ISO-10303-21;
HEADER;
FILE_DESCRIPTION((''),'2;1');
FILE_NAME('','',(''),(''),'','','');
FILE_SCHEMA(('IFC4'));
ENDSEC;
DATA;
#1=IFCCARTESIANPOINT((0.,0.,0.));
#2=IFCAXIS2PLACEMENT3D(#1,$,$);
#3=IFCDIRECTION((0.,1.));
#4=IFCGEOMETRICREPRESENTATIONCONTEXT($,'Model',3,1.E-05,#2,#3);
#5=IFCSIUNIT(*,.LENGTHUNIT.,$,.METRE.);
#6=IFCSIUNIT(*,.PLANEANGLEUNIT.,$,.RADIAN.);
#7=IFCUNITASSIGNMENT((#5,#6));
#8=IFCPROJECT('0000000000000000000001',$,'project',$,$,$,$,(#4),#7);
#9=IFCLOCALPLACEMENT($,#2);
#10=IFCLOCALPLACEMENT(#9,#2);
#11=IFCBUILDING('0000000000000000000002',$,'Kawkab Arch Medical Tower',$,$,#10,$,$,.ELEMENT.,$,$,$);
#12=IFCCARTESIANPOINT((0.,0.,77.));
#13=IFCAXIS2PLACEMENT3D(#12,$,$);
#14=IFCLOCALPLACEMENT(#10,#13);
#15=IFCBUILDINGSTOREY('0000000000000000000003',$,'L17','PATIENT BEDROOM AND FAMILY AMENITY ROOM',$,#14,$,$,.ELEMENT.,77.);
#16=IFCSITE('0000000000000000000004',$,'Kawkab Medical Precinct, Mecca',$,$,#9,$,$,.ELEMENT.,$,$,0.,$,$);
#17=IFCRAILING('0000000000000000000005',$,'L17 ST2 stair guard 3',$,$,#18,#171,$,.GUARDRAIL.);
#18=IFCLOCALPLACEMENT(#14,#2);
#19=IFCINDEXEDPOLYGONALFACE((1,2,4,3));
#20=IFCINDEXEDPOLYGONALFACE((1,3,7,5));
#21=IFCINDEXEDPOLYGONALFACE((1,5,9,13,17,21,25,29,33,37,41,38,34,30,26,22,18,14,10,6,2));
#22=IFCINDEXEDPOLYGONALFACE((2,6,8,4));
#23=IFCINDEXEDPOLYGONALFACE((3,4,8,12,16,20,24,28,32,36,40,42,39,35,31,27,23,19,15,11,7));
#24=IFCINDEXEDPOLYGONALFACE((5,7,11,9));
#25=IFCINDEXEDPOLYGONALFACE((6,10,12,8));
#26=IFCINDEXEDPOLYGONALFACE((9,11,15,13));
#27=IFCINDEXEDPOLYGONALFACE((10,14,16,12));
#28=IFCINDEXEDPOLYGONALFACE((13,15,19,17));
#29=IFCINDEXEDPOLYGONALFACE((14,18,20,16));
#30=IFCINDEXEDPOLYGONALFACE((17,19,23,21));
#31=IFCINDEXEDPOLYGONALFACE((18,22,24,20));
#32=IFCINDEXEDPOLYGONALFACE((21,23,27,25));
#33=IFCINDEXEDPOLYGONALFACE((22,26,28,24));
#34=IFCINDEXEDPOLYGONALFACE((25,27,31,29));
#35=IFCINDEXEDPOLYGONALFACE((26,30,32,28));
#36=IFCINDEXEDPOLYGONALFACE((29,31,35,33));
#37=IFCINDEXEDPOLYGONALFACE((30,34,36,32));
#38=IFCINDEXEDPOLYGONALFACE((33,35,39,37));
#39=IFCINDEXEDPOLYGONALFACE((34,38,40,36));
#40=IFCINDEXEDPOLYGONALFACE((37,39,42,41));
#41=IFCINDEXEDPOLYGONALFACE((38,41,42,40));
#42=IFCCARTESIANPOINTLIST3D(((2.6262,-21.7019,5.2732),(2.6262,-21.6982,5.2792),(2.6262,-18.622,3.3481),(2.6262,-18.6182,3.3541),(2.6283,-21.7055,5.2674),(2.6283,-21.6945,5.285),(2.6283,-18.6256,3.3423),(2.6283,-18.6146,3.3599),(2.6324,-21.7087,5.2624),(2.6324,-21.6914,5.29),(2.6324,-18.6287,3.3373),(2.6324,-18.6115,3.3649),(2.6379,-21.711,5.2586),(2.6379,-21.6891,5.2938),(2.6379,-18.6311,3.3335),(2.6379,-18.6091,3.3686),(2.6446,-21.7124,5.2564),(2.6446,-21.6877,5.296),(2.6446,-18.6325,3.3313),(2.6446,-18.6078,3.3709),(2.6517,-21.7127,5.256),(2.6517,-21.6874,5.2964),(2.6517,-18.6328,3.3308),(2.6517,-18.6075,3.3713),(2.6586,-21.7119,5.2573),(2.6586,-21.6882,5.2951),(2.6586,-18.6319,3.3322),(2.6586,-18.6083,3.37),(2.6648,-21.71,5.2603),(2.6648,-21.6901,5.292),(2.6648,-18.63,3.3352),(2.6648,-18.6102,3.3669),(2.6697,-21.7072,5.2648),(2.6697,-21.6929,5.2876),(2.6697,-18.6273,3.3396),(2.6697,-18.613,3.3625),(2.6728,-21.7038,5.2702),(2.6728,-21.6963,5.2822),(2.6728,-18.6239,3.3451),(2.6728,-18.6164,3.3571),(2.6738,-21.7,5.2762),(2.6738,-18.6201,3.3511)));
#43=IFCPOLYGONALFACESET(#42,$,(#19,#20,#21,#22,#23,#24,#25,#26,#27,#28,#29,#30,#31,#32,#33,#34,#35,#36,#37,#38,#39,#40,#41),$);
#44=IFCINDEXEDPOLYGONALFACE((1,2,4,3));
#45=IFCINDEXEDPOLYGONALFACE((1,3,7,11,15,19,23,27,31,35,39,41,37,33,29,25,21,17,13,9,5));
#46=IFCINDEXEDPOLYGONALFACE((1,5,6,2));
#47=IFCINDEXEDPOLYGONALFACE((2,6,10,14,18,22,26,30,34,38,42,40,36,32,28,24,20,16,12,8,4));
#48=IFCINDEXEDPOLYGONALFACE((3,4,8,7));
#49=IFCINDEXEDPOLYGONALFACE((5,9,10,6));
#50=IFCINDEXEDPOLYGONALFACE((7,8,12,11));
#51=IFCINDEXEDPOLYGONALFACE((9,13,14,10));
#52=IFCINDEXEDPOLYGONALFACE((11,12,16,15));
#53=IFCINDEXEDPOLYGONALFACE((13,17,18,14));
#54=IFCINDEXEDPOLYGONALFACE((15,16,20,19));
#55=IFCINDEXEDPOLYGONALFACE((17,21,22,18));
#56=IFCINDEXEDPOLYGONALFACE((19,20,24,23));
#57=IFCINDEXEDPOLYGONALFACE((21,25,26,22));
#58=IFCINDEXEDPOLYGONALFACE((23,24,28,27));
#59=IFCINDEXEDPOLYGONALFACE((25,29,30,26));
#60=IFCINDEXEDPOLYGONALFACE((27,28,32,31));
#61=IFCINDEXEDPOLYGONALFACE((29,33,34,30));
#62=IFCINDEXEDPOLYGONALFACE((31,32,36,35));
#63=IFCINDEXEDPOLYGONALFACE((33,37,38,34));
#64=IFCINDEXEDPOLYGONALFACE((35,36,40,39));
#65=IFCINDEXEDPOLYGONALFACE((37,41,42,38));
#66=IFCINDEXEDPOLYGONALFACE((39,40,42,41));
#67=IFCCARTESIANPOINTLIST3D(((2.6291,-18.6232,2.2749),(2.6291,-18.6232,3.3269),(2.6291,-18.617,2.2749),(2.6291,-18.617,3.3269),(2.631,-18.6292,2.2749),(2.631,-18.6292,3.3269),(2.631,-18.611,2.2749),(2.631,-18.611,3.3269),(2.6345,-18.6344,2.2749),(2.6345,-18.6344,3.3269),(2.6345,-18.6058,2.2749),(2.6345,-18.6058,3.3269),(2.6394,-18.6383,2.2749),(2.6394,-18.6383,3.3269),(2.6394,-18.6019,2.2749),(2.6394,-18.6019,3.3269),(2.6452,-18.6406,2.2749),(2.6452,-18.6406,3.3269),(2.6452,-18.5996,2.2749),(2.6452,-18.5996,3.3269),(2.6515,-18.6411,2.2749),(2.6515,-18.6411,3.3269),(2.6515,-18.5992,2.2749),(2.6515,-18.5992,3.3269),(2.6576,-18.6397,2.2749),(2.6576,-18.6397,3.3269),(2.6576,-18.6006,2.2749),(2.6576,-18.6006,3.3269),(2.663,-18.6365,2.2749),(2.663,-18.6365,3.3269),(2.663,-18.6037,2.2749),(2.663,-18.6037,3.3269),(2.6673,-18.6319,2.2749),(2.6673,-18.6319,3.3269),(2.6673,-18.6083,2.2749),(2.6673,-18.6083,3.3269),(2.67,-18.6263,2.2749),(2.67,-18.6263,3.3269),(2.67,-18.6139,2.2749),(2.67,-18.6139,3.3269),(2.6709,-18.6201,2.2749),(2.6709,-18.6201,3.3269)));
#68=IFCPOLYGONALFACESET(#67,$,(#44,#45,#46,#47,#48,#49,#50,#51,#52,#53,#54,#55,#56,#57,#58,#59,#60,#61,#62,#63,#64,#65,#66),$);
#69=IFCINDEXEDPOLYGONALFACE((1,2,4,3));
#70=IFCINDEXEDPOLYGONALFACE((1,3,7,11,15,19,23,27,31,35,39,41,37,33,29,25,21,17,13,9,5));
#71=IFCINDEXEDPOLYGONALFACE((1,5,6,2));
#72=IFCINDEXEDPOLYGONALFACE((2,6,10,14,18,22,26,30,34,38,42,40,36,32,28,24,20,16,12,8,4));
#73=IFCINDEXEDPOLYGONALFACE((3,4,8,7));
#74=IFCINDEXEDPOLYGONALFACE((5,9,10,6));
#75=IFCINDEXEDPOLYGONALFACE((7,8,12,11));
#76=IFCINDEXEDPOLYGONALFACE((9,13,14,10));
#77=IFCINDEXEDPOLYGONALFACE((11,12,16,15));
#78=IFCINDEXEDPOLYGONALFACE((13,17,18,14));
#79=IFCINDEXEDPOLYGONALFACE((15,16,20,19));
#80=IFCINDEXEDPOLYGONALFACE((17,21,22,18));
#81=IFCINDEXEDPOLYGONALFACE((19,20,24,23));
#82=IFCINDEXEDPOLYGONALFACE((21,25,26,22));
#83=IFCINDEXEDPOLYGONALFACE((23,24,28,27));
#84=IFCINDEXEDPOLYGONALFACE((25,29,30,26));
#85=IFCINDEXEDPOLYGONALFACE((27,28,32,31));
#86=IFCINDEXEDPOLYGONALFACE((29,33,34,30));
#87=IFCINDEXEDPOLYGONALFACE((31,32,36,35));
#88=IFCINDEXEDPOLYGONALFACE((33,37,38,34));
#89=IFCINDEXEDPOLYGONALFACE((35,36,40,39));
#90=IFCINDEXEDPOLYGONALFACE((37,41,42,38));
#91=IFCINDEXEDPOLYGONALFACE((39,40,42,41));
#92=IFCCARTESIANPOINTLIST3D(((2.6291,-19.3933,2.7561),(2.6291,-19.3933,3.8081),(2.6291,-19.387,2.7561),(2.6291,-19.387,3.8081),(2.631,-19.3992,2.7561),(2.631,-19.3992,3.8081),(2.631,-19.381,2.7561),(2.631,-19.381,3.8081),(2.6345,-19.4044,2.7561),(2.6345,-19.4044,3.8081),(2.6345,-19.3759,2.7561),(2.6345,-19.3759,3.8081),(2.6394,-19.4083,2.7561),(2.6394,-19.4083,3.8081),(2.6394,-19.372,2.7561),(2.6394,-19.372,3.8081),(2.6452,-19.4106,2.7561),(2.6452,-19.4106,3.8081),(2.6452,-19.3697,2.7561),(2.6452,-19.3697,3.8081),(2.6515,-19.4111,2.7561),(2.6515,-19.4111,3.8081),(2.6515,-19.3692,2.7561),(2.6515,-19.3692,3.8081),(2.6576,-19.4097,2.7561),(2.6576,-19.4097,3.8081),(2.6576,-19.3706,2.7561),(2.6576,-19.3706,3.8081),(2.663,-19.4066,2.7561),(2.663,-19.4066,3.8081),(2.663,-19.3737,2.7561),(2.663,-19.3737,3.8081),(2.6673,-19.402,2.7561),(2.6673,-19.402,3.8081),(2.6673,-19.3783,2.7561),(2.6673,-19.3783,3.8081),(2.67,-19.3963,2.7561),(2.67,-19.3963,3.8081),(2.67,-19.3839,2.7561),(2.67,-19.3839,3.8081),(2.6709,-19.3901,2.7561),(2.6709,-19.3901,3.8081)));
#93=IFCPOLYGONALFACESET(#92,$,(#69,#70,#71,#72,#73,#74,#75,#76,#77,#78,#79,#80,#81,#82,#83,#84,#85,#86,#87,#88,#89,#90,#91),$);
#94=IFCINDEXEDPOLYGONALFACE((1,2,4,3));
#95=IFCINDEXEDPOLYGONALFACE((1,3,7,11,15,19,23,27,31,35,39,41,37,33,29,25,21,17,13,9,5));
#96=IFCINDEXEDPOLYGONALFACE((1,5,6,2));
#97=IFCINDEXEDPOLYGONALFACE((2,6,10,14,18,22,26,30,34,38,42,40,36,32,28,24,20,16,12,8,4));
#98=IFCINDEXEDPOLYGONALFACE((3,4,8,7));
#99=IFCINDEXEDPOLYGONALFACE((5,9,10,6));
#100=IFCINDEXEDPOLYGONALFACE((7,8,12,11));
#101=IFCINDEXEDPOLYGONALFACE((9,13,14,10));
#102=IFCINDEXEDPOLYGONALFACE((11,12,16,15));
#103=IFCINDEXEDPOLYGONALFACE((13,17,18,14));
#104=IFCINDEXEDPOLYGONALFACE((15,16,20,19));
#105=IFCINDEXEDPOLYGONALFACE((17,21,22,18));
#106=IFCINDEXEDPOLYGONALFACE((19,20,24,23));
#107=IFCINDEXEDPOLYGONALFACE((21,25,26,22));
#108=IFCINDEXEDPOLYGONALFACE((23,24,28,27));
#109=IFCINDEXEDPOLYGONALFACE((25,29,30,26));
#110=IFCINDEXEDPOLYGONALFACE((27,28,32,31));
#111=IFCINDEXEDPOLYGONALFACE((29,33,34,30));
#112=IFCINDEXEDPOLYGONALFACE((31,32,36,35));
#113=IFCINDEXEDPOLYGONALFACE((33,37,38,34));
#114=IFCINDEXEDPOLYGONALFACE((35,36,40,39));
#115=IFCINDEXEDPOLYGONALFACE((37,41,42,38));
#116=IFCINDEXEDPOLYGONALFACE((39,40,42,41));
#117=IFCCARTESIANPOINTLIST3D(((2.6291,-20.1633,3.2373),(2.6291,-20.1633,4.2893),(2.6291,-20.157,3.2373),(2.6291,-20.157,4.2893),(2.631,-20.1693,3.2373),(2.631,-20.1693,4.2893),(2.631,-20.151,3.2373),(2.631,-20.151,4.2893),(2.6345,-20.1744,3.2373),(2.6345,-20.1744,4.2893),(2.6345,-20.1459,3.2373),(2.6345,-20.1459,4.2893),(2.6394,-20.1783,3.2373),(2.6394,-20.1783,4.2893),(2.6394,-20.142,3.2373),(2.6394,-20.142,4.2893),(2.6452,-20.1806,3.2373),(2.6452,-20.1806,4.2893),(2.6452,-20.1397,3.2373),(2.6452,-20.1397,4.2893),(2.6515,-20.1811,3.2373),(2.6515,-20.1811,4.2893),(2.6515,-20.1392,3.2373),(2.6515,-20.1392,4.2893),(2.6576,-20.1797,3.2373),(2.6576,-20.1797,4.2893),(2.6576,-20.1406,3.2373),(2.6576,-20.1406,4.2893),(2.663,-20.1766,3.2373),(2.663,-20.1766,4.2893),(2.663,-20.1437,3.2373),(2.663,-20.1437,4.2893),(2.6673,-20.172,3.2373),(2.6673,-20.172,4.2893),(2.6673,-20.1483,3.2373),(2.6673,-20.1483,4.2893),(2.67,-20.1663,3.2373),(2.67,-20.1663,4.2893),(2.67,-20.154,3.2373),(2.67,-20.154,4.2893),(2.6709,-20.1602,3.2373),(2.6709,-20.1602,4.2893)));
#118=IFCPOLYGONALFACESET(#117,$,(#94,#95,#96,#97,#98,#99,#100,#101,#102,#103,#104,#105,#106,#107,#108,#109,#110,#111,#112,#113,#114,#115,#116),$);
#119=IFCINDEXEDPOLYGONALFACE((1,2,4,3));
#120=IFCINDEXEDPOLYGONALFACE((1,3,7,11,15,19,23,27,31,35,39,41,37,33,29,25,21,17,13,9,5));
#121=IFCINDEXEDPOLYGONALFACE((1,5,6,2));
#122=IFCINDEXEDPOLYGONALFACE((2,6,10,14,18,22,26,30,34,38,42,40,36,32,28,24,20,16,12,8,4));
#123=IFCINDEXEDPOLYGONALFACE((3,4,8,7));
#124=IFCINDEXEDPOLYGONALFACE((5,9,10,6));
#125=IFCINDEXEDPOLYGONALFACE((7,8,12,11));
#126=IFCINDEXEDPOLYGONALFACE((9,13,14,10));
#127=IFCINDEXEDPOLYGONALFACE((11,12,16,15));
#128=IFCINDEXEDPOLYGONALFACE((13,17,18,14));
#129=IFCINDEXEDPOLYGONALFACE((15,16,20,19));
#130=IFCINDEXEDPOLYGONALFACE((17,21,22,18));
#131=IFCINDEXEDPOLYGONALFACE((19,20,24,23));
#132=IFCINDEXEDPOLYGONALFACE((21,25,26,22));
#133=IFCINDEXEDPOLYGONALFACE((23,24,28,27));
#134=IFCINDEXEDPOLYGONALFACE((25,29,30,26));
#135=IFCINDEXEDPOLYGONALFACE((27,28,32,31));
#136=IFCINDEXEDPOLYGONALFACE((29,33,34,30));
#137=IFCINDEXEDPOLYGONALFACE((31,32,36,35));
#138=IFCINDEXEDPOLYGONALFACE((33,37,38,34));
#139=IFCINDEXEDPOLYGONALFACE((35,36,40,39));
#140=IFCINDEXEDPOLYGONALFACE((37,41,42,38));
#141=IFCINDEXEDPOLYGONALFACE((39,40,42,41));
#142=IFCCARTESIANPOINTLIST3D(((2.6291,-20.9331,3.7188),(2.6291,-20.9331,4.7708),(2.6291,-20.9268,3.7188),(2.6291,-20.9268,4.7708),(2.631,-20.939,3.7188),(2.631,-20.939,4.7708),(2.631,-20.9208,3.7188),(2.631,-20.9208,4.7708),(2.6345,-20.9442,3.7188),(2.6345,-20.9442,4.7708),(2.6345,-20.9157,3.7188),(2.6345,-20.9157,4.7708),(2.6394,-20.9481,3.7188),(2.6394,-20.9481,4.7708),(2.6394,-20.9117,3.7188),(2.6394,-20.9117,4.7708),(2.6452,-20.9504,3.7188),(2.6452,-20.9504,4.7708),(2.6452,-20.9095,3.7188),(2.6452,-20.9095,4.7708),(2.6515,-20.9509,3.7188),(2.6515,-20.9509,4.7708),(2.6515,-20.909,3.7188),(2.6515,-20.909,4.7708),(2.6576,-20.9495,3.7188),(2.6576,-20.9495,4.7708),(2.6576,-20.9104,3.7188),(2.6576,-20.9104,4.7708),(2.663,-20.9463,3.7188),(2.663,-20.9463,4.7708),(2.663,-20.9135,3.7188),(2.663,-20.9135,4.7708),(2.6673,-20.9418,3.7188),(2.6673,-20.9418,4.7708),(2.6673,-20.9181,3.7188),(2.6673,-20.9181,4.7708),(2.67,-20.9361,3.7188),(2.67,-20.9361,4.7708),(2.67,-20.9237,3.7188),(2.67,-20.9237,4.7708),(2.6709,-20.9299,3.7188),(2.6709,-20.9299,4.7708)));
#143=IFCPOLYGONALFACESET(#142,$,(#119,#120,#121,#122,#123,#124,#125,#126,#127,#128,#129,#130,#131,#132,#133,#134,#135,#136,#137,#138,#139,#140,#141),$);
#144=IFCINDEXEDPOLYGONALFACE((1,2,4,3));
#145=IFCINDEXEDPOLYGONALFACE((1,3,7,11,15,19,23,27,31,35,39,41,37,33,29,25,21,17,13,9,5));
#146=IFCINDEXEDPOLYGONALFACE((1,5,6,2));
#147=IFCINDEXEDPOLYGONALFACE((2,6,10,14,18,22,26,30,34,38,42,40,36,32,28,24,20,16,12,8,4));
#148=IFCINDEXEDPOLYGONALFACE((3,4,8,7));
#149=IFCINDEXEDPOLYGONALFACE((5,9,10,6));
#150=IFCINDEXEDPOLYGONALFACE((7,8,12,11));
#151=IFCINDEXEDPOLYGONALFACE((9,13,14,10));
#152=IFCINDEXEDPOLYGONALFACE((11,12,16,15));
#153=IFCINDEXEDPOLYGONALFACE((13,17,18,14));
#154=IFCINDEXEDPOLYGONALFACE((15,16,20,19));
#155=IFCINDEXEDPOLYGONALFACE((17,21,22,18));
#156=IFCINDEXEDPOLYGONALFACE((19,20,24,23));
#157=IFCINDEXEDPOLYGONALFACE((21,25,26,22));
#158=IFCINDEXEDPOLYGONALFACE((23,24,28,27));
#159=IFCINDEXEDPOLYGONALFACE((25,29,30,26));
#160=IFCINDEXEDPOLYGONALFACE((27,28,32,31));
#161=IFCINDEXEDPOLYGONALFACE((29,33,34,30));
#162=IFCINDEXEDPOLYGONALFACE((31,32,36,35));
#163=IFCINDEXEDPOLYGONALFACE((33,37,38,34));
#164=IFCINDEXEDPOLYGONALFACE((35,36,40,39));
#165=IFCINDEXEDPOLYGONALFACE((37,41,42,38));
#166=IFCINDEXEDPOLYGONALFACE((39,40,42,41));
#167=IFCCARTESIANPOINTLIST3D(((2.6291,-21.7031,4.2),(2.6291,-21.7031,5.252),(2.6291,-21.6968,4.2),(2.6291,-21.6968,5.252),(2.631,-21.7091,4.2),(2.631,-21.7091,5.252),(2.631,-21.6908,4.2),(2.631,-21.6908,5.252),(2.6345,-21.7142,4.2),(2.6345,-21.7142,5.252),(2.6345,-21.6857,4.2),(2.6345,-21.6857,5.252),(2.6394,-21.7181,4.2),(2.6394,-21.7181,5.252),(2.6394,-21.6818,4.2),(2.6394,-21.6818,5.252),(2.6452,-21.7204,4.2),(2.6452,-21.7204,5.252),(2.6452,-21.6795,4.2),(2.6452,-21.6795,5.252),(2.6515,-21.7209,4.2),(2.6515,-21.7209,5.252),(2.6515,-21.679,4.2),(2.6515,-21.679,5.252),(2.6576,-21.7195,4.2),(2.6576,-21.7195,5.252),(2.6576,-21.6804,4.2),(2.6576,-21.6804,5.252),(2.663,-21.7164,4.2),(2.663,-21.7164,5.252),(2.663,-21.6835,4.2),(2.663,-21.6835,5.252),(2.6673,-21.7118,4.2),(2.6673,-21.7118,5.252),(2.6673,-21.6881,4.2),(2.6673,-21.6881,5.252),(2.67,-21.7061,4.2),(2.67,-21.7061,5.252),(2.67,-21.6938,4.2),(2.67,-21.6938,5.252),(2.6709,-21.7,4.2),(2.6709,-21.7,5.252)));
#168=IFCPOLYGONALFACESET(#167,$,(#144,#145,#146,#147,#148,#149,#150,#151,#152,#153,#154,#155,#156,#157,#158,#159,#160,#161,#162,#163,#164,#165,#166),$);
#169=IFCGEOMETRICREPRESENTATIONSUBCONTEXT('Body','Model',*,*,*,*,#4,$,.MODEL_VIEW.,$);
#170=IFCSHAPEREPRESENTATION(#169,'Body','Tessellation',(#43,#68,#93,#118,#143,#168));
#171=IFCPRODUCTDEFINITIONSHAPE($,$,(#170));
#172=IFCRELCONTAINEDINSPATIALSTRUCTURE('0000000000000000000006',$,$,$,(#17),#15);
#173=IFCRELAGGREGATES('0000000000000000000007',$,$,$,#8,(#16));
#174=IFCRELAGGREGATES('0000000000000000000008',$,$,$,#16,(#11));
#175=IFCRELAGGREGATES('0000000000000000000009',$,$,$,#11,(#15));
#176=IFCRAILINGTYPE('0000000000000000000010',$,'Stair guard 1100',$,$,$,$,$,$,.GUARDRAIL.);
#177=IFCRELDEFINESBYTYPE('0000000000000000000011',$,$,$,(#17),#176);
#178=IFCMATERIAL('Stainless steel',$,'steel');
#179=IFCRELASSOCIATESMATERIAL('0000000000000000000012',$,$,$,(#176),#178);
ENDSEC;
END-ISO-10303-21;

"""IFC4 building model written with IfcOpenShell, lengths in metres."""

from ifc_helpers import new_model, si_unit, direction, frame, origin, origin_2d, place, context, subcontext, project, spatial, circle, extrude, material, type_object, element, save


model = new_model("IFC4")

# Units and contexts
model_context = context("Model", 3, precision=1e-05, world=origin(), true_north=direction((0.0, 1.0)))
body_context = subcontext(model_context, "Body", "Model", "MODEL_VIEW")
ifc_project = project(units=[si_unit("LENGTHUNIT", "METRE"), si_unit("PLANEANGLEUNIT", "RADIAN")], contexts=[model_context])

# Site, building, storey
site_placement = place(None, origin())
site = spatial("IfcSite", under=ifc_project, at=site_placement, Name="Kawkab Medical Precinct, Mecca", CompositionType="ELEMENT", RefElevation=0.0)
building_placement = place(site_placement, origin())
building = spatial("IfcBuilding", under=site, at=building_placement, Name="Kawkab Arch Medical Tower", CompositionType="ELEMENT")
storey_placement = place(building_placement, frame((0.0, 0.0, 77.0)))
storey = spatial("IfcBuildingStorey", under=building, at=storey_placement, Name="L17", Description="PATIENT BEDROOM AND FAMILY AMENITY ROOM", CompositionType="ELEMENT", Elevation=77.0)

# Railing
ifc_material_1 = material(Name="Stainless steel", Category="steel")
railing_type_1 = type_object("IfcRailingType", Name="Stair guard 1100", PredefinedType="GUARDRAIL", material=ifc_material_1)
railing_1_placement = place(storey_placement, frame((2.6499, -18.6201, 2.2749)))
element("IfcRailing", 1, at=railing_1_placement, inside=storey, type_object=railing_type_1, Name="L17 ST2 stair guard 3", PredefinedType="GUARDRAIL", context=body_context, shape_type="SweptSolid", body=[
    extrude(circle(Radius=0.0239, at=origin_2d()), frame((0.0, 0.0, 1.0762), z_axis=(0.0, -0.847979, 0.530029), x_axis=(1.0, 0.0, 0.0)), (0.0, 0.0, 1.0), 3.6321),
    extrude(circle(Radius=0.021, at=origin_2d()), origin(), (0.0, 0.0, 1.0), 1.052),
    extrude(circle(Radius=0.021, at=origin_2d()), frame((0.0, -0.77, 0.4812)), (0.0, 0.0, 1.0), 1.052),
    extrude(circle(Radius=0.021, at=origin_2d()), frame((0.0, -1.54, 0.9624)), (0.0, 0.0, 1.0), 1.052),
    extrude(circle(Radius=0.021, at=origin_2d()), frame((0.0, -2.3098, 1.4438)), (0.0, 0.0, 1.0), 1.052),
    extrude(circle(Radius=0.021, at=origin_2d()), frame((0.0, -3.0798, 1.925)), (0.0, 0.0, 1.0), 1.052),
])

save(model, "model.ifc")
